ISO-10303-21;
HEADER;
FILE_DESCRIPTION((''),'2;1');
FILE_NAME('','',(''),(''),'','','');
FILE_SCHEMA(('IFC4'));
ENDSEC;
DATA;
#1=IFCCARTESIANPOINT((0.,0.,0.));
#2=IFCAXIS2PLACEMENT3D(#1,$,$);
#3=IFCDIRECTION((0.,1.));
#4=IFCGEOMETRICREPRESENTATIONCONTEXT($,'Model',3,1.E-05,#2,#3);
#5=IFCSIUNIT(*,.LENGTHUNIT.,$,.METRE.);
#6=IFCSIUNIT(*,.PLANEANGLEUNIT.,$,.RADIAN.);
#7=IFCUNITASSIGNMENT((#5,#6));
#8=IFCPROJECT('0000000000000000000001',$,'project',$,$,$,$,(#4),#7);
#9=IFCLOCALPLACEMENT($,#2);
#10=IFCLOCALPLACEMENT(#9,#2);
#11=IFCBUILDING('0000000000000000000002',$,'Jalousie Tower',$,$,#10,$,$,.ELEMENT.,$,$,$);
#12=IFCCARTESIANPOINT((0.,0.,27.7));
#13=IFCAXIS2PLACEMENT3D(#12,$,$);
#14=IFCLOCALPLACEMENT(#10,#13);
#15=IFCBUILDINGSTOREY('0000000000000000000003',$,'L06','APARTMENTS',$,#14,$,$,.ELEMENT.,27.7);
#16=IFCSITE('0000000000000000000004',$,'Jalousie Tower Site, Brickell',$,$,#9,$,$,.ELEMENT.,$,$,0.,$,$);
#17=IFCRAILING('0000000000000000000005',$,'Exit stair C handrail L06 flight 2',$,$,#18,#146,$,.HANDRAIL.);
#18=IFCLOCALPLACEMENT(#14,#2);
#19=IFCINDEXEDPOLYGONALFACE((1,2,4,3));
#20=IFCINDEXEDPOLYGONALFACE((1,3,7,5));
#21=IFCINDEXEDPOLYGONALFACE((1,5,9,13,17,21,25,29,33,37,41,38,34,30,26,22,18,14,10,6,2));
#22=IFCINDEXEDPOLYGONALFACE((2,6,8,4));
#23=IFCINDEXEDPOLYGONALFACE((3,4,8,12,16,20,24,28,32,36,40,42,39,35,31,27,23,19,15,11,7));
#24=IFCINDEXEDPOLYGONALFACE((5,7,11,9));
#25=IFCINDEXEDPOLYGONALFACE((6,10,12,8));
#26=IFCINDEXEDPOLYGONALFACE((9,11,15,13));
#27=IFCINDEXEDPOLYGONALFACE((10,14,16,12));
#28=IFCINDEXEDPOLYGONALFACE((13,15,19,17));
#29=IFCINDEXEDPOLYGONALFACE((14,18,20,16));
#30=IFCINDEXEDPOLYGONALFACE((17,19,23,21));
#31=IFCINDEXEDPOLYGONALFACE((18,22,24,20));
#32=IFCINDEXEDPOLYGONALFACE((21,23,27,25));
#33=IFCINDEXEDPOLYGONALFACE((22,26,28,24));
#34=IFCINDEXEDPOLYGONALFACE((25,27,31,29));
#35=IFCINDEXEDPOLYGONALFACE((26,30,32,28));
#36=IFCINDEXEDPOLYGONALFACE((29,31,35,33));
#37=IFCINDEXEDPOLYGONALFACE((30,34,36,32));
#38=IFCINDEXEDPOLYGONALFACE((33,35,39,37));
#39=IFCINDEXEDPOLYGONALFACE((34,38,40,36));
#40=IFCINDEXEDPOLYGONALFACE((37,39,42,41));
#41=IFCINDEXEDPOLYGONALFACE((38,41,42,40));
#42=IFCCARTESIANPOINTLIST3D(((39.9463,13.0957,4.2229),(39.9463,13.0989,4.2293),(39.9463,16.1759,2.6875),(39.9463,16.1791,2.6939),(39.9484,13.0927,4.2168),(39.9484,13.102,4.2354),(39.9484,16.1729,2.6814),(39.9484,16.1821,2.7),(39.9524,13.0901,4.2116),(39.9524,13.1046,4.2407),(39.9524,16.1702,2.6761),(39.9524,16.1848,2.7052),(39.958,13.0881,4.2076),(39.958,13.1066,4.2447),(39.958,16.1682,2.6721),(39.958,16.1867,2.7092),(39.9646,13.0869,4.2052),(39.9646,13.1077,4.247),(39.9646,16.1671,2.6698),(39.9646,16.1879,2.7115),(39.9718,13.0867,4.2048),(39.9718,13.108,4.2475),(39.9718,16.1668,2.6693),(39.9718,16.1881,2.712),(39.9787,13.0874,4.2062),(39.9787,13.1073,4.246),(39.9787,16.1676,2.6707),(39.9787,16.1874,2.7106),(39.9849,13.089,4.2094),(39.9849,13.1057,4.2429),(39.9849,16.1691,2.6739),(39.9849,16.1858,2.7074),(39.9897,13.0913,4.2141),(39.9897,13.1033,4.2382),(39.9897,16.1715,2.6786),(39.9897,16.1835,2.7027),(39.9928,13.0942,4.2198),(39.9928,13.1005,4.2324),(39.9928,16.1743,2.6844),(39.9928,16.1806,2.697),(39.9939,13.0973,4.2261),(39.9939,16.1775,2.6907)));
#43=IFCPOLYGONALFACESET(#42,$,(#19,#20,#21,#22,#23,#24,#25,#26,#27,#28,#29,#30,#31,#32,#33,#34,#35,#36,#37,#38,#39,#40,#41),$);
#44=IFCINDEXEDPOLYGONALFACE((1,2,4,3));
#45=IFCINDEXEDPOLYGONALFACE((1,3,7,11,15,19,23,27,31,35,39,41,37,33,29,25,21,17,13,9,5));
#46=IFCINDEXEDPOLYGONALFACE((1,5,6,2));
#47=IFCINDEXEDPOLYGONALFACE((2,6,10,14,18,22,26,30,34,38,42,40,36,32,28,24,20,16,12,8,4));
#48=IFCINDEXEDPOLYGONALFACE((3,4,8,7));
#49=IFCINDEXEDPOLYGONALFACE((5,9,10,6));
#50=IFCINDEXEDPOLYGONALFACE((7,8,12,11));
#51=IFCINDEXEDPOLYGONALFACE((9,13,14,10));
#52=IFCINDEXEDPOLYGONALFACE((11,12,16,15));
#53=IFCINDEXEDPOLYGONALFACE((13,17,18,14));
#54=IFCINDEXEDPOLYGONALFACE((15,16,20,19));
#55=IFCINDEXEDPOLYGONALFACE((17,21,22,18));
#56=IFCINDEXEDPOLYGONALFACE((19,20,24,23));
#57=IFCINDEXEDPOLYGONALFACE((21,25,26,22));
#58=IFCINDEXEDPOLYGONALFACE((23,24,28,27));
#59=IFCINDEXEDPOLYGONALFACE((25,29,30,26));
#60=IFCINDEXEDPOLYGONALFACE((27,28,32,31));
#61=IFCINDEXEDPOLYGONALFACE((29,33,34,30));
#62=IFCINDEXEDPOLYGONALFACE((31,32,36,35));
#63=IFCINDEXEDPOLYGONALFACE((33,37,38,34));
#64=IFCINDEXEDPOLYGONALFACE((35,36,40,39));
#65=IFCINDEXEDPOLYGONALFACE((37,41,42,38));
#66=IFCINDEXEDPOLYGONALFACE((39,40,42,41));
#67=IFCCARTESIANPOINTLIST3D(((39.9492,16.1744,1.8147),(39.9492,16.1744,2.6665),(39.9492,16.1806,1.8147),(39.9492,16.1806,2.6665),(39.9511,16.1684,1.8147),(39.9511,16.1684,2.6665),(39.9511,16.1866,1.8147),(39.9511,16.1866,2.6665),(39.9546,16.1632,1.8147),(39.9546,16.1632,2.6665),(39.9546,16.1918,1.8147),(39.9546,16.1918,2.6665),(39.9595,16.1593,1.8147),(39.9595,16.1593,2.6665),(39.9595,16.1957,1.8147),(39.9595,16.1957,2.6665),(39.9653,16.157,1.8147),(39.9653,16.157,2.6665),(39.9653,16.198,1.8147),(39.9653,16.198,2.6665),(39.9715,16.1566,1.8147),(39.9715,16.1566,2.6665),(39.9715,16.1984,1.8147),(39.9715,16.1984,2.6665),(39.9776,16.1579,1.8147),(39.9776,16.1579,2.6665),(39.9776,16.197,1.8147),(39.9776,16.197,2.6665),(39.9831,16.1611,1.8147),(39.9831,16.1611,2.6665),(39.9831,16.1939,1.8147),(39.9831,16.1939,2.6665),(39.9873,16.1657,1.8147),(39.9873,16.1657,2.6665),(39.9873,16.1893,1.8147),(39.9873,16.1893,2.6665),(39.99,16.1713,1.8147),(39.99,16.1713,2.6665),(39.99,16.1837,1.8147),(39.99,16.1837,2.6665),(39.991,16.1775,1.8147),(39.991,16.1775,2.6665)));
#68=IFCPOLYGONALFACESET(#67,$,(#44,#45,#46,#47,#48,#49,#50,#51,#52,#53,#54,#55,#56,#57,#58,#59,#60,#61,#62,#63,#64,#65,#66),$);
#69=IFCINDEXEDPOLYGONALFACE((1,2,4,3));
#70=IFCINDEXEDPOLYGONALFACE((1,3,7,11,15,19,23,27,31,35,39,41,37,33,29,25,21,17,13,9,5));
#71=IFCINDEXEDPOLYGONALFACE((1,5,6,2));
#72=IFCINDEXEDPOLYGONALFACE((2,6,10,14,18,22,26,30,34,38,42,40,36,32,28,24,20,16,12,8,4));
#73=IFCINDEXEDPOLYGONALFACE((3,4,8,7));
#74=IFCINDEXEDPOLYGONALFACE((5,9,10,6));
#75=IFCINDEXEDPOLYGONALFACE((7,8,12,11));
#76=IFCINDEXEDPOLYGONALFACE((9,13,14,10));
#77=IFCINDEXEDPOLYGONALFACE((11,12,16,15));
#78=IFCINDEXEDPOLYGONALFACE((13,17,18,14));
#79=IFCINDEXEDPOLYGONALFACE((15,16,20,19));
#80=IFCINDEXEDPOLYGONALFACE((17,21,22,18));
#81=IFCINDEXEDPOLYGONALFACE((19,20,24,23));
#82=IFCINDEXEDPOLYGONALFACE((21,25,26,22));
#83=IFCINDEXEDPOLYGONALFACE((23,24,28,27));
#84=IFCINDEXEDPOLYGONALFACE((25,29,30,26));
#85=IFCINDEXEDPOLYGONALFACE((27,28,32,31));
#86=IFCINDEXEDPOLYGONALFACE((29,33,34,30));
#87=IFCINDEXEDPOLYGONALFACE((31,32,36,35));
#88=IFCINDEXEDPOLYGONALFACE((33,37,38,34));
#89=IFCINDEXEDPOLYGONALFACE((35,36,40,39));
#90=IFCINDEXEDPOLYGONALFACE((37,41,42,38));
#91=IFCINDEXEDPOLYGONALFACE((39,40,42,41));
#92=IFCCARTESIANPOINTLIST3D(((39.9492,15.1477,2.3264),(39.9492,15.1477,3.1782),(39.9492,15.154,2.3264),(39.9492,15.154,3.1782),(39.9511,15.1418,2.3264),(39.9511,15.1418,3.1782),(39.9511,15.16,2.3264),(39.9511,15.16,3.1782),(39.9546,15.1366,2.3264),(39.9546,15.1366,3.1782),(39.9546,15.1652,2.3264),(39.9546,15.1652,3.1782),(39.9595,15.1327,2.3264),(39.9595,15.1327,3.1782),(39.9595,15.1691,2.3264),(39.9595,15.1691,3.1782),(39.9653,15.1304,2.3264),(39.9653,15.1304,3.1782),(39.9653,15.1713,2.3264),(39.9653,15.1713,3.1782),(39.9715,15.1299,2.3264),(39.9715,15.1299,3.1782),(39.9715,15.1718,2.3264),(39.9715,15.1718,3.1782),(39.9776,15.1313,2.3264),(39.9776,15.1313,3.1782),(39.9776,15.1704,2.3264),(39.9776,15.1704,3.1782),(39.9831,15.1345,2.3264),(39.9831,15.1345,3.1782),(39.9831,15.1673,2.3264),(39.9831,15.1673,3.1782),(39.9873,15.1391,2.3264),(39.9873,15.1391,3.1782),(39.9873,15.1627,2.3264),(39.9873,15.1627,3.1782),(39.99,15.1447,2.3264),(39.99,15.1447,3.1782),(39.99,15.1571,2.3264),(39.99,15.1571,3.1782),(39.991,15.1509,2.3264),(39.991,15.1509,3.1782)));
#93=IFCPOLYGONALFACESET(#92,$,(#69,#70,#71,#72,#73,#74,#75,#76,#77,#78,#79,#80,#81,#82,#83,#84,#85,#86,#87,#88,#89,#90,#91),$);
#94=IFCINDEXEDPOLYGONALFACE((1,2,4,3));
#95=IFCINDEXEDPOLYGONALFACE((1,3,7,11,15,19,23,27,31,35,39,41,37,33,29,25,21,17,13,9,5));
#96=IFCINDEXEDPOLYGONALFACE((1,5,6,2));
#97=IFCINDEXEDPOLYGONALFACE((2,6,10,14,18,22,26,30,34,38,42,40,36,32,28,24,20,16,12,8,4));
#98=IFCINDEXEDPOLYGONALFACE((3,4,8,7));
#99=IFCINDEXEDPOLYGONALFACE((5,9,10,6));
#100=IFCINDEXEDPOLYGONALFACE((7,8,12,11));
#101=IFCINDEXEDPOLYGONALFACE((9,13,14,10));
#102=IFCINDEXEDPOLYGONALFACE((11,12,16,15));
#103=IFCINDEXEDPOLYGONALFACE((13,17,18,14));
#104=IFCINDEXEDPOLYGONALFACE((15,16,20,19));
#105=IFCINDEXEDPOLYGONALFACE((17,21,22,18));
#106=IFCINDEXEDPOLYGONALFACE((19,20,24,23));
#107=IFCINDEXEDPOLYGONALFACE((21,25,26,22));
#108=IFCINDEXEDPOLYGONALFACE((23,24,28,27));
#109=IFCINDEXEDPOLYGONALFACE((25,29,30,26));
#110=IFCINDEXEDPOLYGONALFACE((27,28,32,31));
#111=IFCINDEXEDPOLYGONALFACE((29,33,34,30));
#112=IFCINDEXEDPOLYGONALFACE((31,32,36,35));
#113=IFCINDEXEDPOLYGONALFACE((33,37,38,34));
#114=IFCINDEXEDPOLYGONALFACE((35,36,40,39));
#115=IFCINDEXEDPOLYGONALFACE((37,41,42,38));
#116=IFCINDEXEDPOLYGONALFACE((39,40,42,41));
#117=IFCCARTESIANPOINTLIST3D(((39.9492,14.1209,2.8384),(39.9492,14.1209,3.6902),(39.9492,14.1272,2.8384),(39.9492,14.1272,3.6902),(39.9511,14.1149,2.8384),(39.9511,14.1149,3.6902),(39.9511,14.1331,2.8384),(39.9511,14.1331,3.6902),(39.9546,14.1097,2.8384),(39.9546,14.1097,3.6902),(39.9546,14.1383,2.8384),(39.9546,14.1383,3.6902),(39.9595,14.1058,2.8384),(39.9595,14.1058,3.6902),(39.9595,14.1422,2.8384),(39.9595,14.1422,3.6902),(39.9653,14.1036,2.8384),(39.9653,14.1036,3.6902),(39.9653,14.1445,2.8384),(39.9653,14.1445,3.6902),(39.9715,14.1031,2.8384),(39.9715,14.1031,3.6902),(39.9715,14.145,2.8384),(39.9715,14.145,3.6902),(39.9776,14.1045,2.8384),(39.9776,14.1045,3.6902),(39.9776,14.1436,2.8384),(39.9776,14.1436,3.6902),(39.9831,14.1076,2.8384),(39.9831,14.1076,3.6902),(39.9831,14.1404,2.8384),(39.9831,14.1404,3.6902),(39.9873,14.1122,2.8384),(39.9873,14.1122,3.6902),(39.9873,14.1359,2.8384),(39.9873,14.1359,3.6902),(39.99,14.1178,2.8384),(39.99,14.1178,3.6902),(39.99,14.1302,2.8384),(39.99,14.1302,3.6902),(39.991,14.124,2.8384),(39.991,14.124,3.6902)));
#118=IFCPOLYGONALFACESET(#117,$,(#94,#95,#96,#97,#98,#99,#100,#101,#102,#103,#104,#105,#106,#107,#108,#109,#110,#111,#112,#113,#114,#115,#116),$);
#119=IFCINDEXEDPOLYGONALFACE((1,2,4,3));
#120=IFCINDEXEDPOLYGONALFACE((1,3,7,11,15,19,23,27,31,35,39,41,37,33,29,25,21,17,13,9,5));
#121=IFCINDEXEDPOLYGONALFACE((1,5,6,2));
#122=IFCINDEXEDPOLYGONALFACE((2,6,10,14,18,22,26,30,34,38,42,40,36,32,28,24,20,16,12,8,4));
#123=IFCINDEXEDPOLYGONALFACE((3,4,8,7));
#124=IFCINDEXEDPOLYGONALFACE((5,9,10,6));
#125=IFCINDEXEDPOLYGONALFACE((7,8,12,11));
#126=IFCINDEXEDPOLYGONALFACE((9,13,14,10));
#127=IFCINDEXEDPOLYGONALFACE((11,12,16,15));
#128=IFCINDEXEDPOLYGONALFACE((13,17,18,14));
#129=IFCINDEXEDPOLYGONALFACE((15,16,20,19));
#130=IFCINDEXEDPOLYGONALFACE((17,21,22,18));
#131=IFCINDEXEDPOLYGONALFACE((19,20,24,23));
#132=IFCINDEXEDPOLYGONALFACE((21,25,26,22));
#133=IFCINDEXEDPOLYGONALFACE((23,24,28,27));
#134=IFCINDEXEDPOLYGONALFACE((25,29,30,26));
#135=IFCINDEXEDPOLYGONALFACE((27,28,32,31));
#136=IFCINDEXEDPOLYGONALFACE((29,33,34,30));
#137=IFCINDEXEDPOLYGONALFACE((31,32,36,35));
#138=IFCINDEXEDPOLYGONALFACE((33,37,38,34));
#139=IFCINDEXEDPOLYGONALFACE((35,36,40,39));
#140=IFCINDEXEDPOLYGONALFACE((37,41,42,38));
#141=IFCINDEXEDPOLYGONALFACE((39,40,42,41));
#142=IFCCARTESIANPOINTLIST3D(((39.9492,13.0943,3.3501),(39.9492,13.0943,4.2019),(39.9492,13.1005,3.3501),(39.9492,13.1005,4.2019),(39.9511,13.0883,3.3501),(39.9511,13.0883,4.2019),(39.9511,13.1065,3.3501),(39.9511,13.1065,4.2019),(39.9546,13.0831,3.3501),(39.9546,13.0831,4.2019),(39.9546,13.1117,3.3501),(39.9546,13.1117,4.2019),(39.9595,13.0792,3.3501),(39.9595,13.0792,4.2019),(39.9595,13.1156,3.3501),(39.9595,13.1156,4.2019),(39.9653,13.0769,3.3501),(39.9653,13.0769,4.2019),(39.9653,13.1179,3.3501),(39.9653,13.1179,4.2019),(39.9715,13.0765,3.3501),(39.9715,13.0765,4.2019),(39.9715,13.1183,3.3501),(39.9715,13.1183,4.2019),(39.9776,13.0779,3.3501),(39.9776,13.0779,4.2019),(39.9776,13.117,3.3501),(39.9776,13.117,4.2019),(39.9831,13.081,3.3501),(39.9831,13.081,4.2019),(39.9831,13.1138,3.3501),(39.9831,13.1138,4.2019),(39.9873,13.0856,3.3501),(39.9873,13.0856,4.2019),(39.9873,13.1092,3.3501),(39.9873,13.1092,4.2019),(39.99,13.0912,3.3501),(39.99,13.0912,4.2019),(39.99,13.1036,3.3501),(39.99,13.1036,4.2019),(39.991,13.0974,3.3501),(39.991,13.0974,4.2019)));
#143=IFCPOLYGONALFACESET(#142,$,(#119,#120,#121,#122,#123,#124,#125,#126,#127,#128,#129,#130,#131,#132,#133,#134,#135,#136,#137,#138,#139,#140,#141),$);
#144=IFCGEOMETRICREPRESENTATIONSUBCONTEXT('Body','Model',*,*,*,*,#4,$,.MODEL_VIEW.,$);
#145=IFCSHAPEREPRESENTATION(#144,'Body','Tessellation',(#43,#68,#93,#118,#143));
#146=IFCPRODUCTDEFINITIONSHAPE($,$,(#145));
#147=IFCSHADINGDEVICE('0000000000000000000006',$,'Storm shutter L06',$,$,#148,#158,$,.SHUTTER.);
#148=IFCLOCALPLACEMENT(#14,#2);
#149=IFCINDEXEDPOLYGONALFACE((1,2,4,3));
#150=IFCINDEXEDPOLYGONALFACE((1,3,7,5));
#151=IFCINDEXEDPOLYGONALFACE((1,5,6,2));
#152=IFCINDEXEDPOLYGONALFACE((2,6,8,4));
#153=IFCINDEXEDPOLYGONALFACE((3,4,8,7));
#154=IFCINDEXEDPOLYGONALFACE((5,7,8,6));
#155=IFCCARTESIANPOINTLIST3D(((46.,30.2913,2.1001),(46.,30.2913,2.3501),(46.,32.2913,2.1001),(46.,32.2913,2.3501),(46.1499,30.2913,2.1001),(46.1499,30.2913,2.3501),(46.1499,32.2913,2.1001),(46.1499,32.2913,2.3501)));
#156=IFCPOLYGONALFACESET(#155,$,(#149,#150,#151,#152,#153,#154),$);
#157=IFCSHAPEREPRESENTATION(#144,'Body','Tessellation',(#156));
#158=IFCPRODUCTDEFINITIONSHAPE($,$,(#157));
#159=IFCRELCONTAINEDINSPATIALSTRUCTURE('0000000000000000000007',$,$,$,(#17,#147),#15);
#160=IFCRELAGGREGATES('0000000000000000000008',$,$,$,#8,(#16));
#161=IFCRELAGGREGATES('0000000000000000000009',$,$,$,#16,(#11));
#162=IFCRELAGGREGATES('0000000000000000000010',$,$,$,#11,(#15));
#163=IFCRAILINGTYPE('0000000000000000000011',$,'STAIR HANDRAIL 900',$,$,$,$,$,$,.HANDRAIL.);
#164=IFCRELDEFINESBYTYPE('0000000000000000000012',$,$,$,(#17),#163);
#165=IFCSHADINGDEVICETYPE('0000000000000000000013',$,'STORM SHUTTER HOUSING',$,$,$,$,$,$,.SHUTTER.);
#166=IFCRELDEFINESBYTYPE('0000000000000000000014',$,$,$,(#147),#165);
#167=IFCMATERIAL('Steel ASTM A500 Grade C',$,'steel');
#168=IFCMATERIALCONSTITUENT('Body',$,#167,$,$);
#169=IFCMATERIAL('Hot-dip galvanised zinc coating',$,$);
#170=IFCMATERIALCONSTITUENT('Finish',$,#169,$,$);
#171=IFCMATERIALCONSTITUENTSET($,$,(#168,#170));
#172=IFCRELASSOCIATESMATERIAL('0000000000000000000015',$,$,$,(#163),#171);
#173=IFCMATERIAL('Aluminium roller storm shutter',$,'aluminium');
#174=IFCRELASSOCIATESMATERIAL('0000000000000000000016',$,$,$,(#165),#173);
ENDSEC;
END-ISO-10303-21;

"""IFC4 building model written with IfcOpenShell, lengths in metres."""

from ifc_helpers import new_model, si_unit, direction, frame, origin, origin_2d, place, context, subcontext, project, spatial, rectangle, circle, extrude, material, constituent, constituent_set, type_object, element, save


model = new_model("IFC4")

# Units and contexts
model_context = context("Model", 3, precision=1e-05, world=origin(), true_north=direction((0.0, 1.0)))
body_context = subcontext(model_context, "Body", "Model", "MODEL_VIEW")
ifc_project = project(units=[si_unit("LENGTHUNIT", "METRE"), si_unit("PLANEANGLEUNIT", "RADIAN")], contexts=[model_context])

# Site, building, storey
site_placement = place(None, origin())
site = spatial("IfcSite", under=ifc_project, at=site_placement, Name="Jalousie Tower Site, Brickell", CompositionType="ELEMENT", RefElevation=0.0)
building_placement = place(site_placement, origin())
building = spatial("IfcBuilding", under=site, at=building_placement, Name="Jalousie Tower", CompositionType="ELEMENT")
storey_placement = place(building_placement, frame((0.0, 0.0, 27.7)))
storey = spatial("IfcBuildingStorey", under=building, at=storey_placement, Name="L06", Description="APARTMENTS", CompositionType="ELEMENT", Elevation=27.7)

# Railing
ifc_material_1 = material(Name="Steel ASTM A500 Grade C", Category="steel")
ifc_constituent_1 = constituent(ifc_material_1, Name="Body")
ifc_material_2 = material(Name="Hot-dip galvanised zinc coating")
ifc_constituent_2 = constituent(ifc_material_2, Name="Finish")
ifc_constituent_set_1 = constituent_set(constituents=[ifc_constituent_1, ifc_constituent_2])
railing_type_1 = type_object("IfcRailingType", Name="STAIR HANDRAIL 900", PredefinedType="HANDRAIL", material=ifc_constituent_set_1)
railing_1_placement = place(storey_placement, frame((39.97, 16.1775, 1.8147)))
element("IfcRailing", 1, at=railing_1_placement, inside=storey, type_object=railing_type_1, Name="Exit stair C handrail L06 flight 2", PredefinedType="HANDRAIL", context=body_context, shape_type="SweptSolid", body=[
    extrude(circle(Radius=0.0239, at=origin_2d()), frame((0.0, 0.0, 0.876), z_axis=(0.0, -0.894966, 0.446135), x_axis=(1.0, 0.0, 0.0)), (0.0, 0.0, 1.0), 3.4417),
    extrude(circle(Radius=0.021, at=origin_2d()), origin(), (0.0, 0.0, 1.0), 0.8518),
    extrude(circle(Radius=0.021, at=origin_2d()), frame((0.0, -1.0266, 0.5117)), (0.0, 0.0, 1.0), 0.8518),
    extrude(circle(Radius=0.021, at=origin_2d()), frame((0.0, -2.0535, 1.0237)), (0.0, 0.0, 1.0), 0.8518),
    extrude(circle(Radius=0.021, at=origin_2d()), frame((0.0, -3.0801, 1.5354)), (0.0, 0.0, 1.0), 0.8518),
])

# Shading device
ifc_material_3 = material(Name="Aluminium roller storm shutter", Category="aluminium")
shading_device_type = type_object("IfcShadingDeviceType", Name="STORM SHUTTER HOUSING", PredefinedType="SHUTTER", material=ifc_material_3)
shading_device_placement = place(storey_placement, frame((46.075, 31.2913, 2.1001), z_axis=(0.0, 0.0, 1.0), x_axis=(0.0, 1.0, 0.0)))
element("IfcShadingDevice", 2, at=shading_device_placement, inside=storey, type_object=shading_device_type, Name="Storm shutter L06", PredefinedType="SHUTTER", context=body_context, shape_type="SweptSolid", body=[
    extrude(rectangle(XDim=2.0, YDim=0.1499, at=origin_2d()), origin(), (0.0, 0.0, 1.0), 0.25),
])

save(model, "model.ifc")
